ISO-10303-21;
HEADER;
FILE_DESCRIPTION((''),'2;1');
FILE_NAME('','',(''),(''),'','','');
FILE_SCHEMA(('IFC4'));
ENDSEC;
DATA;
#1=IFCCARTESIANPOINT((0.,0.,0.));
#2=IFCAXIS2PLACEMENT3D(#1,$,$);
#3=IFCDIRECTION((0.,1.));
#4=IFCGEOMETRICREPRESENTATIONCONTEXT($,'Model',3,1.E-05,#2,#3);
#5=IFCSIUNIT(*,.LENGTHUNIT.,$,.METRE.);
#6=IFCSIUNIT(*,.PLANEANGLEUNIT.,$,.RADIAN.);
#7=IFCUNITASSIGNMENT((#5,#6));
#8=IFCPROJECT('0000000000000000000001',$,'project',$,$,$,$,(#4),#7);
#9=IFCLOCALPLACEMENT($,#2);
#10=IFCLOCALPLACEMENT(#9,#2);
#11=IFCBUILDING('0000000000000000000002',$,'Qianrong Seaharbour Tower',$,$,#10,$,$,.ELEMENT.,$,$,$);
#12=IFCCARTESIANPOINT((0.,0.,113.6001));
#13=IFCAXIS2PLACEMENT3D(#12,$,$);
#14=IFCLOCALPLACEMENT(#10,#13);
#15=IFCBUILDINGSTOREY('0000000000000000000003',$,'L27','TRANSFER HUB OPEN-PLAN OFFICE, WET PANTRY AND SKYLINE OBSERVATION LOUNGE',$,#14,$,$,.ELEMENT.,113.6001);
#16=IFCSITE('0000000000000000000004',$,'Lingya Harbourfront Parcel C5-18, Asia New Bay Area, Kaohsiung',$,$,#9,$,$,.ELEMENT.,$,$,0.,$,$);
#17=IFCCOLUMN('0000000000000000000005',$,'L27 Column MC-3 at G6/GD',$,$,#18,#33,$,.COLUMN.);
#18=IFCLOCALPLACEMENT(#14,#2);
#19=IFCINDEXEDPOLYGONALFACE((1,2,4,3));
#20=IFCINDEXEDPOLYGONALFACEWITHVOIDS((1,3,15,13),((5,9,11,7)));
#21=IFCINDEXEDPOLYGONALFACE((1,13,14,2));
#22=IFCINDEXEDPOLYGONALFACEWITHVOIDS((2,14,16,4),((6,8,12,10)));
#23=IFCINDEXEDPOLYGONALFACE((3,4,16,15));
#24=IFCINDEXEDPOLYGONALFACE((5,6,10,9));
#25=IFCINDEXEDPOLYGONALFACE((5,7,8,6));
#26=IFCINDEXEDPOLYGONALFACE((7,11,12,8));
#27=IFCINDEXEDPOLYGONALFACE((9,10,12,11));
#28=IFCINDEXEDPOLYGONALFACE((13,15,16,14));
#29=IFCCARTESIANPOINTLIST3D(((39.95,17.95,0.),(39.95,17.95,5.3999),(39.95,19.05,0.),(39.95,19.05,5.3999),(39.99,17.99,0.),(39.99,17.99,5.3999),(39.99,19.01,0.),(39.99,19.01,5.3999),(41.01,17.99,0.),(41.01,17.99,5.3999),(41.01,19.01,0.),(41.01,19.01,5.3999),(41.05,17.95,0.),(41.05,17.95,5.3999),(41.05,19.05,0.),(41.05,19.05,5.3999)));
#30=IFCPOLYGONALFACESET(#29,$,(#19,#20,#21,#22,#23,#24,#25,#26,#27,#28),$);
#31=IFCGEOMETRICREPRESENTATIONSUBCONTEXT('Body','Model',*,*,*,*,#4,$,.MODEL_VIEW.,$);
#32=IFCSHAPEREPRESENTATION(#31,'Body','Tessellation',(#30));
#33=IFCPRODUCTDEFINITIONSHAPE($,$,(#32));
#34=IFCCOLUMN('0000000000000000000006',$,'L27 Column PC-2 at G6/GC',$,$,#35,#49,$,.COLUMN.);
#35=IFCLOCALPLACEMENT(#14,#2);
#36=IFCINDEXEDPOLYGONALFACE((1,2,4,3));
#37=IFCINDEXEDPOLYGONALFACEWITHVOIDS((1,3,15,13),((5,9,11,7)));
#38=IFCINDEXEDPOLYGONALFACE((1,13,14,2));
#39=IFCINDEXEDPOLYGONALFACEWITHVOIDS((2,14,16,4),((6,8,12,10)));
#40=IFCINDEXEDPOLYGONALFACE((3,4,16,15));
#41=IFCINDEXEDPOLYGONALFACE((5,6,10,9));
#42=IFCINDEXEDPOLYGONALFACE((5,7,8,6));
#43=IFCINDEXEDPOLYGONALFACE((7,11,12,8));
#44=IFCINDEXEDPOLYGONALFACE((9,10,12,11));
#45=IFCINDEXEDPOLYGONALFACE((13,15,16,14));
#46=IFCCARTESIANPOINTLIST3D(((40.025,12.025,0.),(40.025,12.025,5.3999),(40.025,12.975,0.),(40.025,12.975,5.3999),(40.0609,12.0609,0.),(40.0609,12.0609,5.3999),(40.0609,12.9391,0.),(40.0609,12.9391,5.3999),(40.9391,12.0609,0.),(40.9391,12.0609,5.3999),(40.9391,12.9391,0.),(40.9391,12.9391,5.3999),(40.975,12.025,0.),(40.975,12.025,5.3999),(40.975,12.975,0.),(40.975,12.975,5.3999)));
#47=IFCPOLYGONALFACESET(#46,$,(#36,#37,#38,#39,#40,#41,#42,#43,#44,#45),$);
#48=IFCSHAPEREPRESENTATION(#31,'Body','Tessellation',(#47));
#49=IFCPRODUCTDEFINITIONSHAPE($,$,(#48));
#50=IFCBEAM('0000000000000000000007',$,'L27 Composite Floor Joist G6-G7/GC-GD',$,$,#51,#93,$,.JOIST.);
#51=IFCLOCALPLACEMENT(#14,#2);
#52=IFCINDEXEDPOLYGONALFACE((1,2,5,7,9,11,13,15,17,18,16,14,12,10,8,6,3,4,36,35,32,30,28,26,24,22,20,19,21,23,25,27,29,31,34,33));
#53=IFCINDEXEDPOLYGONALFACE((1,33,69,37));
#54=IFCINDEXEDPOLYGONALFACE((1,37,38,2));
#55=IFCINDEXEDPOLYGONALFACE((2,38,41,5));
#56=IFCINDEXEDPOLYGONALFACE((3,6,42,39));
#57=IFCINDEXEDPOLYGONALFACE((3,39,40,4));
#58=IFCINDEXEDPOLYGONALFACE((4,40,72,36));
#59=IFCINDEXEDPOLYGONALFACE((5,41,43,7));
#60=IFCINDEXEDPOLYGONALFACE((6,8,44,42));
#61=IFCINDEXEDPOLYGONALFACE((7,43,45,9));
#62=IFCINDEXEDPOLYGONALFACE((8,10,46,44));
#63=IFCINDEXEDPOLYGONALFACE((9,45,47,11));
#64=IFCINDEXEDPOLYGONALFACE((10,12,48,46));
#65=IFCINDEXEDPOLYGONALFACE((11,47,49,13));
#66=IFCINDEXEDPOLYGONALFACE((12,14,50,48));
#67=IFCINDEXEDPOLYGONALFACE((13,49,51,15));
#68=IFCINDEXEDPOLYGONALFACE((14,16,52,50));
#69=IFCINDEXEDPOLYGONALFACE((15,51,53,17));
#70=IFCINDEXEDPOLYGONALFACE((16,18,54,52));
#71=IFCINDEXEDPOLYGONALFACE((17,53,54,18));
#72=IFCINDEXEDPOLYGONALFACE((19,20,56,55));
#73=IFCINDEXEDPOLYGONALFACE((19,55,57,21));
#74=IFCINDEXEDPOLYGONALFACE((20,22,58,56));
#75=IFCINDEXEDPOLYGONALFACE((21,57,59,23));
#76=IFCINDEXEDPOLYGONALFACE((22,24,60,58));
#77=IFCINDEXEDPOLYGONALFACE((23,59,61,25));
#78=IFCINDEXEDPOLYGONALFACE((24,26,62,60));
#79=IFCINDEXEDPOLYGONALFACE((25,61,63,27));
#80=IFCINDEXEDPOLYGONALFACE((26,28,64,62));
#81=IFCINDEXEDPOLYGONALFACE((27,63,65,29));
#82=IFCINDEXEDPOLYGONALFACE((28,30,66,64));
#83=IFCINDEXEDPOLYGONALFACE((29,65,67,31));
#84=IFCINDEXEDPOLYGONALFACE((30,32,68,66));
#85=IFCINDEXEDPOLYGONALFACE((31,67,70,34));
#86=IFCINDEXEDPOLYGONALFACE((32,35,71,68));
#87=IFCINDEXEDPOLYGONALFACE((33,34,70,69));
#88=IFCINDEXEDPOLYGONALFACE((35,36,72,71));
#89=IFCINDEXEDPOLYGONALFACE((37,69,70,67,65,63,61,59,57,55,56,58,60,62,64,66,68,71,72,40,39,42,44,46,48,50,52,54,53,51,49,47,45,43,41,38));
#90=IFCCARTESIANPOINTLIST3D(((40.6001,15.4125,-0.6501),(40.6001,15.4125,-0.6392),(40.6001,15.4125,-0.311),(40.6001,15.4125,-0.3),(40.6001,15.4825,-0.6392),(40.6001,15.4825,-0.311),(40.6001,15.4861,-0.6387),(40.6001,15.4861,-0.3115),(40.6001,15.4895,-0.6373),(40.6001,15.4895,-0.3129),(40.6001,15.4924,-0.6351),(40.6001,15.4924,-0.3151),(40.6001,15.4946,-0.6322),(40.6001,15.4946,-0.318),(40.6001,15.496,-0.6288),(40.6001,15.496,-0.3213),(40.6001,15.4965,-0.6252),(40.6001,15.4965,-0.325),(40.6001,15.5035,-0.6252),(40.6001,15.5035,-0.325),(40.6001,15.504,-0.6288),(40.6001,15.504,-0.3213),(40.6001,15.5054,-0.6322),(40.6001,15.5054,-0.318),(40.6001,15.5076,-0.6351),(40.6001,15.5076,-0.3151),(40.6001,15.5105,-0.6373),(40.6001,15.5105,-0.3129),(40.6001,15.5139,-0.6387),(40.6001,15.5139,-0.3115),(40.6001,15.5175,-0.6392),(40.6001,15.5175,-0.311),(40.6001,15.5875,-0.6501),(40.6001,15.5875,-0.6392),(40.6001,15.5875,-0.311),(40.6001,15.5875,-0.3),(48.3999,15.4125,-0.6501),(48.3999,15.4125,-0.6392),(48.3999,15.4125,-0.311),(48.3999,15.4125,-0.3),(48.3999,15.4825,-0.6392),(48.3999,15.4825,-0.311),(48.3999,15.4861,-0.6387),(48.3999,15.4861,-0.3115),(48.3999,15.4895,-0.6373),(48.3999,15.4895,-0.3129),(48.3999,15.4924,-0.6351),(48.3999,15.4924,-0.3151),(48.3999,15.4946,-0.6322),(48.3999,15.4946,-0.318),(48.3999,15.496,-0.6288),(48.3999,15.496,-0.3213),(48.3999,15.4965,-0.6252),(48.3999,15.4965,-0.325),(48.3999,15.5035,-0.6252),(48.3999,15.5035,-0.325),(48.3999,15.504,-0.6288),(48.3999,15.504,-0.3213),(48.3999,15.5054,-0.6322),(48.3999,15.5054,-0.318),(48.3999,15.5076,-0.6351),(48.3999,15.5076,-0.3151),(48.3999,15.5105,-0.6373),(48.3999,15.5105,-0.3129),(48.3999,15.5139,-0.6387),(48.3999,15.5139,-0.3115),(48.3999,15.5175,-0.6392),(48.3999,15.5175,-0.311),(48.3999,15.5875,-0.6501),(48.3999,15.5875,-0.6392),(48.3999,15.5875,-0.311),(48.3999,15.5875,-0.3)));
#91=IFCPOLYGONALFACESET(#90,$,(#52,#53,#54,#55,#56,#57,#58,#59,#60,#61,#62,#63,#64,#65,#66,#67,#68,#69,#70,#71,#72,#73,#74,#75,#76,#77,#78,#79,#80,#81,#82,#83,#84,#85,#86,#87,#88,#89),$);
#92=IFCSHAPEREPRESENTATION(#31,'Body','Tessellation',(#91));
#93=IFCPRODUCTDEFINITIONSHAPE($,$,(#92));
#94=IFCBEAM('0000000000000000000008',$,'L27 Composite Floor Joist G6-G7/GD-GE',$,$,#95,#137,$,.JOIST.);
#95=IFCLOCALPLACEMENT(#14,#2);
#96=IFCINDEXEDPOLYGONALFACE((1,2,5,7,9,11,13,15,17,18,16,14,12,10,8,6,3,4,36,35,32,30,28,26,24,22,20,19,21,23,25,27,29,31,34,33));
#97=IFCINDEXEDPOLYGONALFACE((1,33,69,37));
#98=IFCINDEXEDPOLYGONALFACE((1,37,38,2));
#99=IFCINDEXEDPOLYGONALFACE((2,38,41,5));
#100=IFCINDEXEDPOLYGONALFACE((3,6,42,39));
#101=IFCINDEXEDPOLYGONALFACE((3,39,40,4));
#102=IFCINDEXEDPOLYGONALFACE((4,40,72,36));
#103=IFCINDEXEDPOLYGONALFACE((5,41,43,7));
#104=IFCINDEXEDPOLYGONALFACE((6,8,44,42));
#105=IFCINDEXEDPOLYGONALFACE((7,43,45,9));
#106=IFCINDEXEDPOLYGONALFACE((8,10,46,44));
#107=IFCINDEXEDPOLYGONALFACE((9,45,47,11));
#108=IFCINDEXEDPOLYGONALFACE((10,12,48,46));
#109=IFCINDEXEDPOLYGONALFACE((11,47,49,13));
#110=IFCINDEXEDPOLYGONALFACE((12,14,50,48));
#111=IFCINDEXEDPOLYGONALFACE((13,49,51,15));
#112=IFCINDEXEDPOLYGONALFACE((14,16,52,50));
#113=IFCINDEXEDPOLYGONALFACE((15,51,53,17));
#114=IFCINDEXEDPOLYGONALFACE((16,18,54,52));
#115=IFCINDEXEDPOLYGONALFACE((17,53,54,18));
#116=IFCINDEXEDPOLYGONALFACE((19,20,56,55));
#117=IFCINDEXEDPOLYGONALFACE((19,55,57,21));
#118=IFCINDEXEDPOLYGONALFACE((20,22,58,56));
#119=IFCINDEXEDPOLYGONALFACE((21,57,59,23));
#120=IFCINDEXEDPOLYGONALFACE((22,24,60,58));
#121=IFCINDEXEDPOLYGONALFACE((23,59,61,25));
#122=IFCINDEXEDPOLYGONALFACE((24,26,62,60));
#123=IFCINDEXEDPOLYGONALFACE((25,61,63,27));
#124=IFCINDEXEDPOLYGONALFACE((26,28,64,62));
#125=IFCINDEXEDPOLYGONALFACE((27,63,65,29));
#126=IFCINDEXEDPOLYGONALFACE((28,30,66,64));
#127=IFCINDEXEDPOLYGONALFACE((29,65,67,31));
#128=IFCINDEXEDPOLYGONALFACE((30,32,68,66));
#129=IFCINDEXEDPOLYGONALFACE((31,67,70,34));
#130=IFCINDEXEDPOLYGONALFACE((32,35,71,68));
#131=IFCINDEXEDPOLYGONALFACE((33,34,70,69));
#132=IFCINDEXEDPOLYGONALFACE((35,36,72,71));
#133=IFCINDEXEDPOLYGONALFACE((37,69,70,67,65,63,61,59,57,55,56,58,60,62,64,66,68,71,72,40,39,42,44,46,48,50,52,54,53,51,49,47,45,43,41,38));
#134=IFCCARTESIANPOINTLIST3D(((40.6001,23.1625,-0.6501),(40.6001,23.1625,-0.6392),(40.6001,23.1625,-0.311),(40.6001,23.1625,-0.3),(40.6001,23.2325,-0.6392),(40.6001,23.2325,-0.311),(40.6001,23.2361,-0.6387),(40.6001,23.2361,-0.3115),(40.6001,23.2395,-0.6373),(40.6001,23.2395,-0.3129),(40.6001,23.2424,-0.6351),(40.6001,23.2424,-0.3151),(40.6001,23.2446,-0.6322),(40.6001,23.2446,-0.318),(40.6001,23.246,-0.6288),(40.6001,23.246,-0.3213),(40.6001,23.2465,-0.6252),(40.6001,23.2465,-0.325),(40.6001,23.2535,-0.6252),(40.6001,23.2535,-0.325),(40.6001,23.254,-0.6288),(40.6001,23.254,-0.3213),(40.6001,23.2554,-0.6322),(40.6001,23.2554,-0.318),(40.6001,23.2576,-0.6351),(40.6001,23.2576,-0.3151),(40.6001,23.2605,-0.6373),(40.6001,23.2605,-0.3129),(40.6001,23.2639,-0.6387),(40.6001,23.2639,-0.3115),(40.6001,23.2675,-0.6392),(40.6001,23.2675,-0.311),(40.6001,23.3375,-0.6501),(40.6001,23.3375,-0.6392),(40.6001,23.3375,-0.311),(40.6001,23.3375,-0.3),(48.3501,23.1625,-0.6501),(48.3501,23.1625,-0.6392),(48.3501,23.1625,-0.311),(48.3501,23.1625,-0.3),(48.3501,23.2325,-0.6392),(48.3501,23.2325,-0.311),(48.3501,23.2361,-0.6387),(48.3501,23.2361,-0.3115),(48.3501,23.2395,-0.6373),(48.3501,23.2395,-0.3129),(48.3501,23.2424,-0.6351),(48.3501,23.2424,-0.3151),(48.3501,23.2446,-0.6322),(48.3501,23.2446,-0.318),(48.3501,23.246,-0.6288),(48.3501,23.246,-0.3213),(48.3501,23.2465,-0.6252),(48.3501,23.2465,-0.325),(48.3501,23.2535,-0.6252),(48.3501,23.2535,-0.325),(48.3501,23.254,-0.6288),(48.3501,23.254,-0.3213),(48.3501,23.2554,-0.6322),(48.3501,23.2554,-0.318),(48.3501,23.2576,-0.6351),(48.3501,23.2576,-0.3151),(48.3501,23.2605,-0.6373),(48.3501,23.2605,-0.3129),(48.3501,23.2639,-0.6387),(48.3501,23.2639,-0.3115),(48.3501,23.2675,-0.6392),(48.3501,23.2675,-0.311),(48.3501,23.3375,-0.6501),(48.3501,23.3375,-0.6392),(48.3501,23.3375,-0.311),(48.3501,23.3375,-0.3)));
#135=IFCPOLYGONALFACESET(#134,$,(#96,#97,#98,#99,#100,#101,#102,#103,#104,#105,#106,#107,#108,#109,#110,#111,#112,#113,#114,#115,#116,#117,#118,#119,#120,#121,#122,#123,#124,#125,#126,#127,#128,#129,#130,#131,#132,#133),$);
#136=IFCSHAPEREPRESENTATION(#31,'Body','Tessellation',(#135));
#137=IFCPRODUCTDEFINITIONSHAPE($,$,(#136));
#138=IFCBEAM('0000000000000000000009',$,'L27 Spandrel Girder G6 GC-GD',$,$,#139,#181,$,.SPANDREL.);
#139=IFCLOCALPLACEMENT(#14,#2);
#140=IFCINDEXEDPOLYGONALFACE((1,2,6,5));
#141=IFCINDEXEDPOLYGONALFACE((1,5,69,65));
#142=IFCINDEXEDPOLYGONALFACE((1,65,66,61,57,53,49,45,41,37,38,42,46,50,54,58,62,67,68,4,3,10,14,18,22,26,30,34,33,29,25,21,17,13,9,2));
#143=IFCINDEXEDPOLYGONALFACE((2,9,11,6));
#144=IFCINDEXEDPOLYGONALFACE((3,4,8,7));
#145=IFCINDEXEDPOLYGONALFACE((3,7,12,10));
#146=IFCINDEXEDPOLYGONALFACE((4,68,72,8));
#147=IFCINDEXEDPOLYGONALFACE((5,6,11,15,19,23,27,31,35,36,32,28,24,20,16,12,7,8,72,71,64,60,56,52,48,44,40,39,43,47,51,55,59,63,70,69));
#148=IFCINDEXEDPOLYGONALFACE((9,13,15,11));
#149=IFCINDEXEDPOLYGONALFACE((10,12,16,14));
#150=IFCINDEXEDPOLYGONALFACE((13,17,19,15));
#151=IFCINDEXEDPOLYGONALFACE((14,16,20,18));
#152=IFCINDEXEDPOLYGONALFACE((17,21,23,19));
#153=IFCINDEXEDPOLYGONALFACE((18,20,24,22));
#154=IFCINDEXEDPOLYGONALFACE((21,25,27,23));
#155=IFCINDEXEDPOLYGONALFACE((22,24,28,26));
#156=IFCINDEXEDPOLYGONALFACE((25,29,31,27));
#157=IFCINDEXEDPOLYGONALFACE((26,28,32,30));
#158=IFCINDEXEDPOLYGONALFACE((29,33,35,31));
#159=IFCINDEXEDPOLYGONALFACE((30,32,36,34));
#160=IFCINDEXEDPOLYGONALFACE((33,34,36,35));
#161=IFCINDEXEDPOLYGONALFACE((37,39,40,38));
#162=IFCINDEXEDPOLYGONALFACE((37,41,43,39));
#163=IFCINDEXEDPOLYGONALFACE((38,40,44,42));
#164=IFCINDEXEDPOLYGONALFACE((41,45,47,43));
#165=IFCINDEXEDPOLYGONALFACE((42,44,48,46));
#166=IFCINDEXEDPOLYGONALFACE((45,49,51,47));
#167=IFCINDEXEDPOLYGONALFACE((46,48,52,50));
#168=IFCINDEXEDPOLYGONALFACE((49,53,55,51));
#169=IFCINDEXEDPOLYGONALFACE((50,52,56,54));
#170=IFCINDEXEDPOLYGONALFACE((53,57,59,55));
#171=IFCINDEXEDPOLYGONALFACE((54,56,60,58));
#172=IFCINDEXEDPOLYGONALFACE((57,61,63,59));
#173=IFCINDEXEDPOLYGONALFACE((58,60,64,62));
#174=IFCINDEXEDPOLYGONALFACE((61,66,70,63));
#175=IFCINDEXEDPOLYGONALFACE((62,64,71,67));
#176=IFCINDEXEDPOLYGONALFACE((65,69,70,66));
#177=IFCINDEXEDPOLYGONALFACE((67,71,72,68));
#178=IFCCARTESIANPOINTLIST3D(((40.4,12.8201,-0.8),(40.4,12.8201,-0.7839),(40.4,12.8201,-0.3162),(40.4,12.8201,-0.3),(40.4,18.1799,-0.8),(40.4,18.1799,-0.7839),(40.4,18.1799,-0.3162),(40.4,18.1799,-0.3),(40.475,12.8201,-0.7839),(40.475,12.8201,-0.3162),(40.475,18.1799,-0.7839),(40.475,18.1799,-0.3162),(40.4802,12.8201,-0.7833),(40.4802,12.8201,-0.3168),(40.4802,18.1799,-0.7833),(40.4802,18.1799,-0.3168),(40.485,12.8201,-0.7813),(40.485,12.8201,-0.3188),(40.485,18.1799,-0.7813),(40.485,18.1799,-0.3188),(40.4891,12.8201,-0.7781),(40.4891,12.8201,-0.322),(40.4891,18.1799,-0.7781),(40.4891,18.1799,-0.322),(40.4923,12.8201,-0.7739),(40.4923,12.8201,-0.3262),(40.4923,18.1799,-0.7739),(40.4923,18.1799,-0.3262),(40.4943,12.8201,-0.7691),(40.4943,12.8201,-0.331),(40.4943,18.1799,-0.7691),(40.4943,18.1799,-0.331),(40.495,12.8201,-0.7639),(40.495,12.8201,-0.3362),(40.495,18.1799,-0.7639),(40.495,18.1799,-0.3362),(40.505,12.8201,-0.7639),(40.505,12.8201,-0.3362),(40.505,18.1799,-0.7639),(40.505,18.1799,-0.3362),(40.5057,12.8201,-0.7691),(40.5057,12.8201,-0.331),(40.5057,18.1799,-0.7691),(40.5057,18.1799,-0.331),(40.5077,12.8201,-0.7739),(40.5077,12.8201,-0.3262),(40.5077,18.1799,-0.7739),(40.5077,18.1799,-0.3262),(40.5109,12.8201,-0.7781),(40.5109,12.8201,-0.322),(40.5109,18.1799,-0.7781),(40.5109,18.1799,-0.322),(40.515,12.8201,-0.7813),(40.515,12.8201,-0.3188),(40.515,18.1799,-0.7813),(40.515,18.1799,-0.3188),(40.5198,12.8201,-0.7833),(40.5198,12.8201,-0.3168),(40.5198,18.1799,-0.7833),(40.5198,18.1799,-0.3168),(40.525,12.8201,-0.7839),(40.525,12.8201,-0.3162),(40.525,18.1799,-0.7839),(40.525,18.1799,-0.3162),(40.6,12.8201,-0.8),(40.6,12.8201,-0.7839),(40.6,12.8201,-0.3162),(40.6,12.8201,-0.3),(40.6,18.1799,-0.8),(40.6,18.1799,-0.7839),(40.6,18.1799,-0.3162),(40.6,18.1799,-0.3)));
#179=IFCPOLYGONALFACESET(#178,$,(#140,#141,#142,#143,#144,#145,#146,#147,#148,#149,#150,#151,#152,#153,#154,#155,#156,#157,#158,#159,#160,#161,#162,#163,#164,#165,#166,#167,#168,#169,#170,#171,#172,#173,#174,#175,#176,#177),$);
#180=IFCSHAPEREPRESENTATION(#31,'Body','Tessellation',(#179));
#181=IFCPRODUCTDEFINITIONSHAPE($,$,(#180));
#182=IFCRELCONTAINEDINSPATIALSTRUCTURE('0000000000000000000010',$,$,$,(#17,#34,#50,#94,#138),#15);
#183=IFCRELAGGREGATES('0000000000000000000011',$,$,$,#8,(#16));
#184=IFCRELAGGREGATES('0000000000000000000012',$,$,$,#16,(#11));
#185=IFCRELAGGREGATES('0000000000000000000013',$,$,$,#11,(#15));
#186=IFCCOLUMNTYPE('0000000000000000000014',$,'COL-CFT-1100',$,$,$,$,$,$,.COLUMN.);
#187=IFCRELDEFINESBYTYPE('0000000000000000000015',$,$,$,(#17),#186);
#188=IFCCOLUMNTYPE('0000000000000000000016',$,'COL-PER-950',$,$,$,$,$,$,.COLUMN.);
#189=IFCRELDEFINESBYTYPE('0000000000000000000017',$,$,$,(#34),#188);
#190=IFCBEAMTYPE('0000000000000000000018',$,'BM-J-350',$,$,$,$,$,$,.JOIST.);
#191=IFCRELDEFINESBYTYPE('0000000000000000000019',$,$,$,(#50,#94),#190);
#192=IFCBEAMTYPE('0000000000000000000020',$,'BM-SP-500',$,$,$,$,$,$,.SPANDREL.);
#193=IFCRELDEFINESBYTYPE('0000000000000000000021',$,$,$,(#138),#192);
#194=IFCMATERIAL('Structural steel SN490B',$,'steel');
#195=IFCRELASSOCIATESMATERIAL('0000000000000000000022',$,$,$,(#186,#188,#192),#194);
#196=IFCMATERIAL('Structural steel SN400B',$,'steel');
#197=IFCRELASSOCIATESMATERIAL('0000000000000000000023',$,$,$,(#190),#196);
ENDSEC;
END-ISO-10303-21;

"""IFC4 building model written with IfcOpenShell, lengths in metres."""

from ifc_helpers import new_model, si_unit, direction, frame, origin, origin_2d, place, context, subcontext, project, spatial, hollow_rectangle, i_section, extrude, material, material_profile, profile_set, type_object, element, save


model = new_model("IFC4")

# Units and contexts
model_context = context("Model", 3, precision=1e-05, world=origin(), true_north=direction((0.0, 1.0)))
body_context = subcontext(model_context, "Body", "Model", "MODEL_VIEW")
ifc_project = project(units=[si_unit("LENGTHUNIT", "METRE"), si_unit("PLANEANGLEUNIT", "RADIAN")], contexts=[model_context])

# Site, building, storey
site_placement = place(None, origin())
site = spatial("IfcSite", under=ifc_project, at=site_placement, Name="Lingya Harbourfront Parcel C5-18, Asia New Bay Area, Kaohsiung", CompositionType="ELEMENT", RefElevation=0.0)
building_placement = place(site_placement, origin())
building = spatial("IfcBuilding", under=site, at=building_placement, Name="Qianrong Seaharbour Tower", CompositionType="ELEMENT")
storey_placement = place(building_placement, frame((0.0, 0.0, 113.6001)))
storey = spatial("IfcBuildingStorey", under=building, at=storey_placement, Name="L27", Description="TRANSFER HUB OPEN-PLAN OFFICE, WET PANTRY AND SKYLINE OBSERVATION LOUNGE", CompositionType="ELEMENT", Elevation=113.6001)

# Columns
ifc_material_1 = material(Name="Structural steel SN490B", Category="steel")
ifc_material_profile_1 = material_profile(ifc_material_1, hollow_rectangle(XDim=1.1001, YDim=1.1001, WallThickness=0.04, at=origin_2d()), Name="BOX1100x1100x40")
ifc_profile_set_1 = profile_set([ifc_material_profile_1], Name="Structural steel SN490B")
column_type_1 = type_object("IfcColumnType", Name="COL-CFT-1100", PredefinedType="COLUMN", material=ifc_profile_set_1)
column_1_placement = place(storey_placement, frame((40.5, 18.5, 0.0), z_axis=(0.0, 0.0, 1.0), x_axis=(1.0, 0.0, 0.0)))
element("IfcColumn", 1, at=column_1_placement, inside=storey, type_object=column_type_1, Name="L27 Column MC-3 at G6/GD", PredefinedType="COLUMN", context=body_context, shape_type="SweptSolid", body=[
    extrude(hollow_rectangle(XDim=1.1001, YDim=1.1001, WallThickness=0.04, at=origin_2d()), origin(), (0.0, 0.0, 1.0), 5.3999),
])
ifc_material_profile_2 = material_profile(ifc_material_1, hollow_rectangle(XDim=0.95, YDim=0.95, WallThickness=0.0359, at=origin_2d()), Name="BOX950x950x36")
ifc_profile_set_2 = profile_set([ifc_material_profile_2], Name="Structural steel SN490B")
column_type_2 = type_object("IfcColumnType", Name="COL-PER-950", PredefinedType="COLUMN", material=ifc_profile_set_2)
column_2_placement = place(storey_placement, frame((40.5, 12.5, 0.0), z_axis=(0.0, 0.0, 1.0), x_axis=(1.0, 0.0, 0.0)))
element("IfcColumn", 2, at=column_2_placement, inside=storey, type_object=column_type_2, Name="L27 Column PC-2 at G6/GC", PredefinedType="COLUMN", context=body_context, shape_type="SweptSolid", body=[
    extrude(hollow_rectangle(XDim=0.95, YDim=0.95, WallThickness=0.0359, at=origin_2d()), origin(), (0.0, 0.0, 1.0), 5.3999),
])

# Beams
ifc_material_2 = material(Name="Structural steel SN400B", Category="steel")
ifc_material_profile_3 = material_profile(ifc_material_2, i_section(OverallWidth=0.175, OverallDepth=0.3501, WebThickness=0.0071, FlangeThickness=0.011, FilletRadius=0.0139, at=origin_2d()), Name="H350x175x7x11")
ifc_profile_set_3 = profile_set([ifc_material_profile_3], Name="Structural steel SN400B")
beam_type_1 = type_object("IfcBeamType", Name="BM-J-350", PredefinedType="JOIST", material=ifc_profile_set_3)
beam_1_placement = place(storey_placement, frame((40.6001, 15.5, -0.4751), z_axis=(1.0, 0.0, 0.0), x_axis=(0.0, 1.0, 0.0)))
element("IfcBeam", 3, at=beam_1_placement, inside=storey, type_object=beam_type_1, Name="L27 Composite Floor Joist G6-G7/GC-GD", PredefinedType="JOIST", context=body_context, shape_type="SweptSolid", body=[
    extrude(i_section(OverallWidth=0.175, OverallDepth=0.3501, WebThickness=0.0071, FlangeThickness=0.011, FilletRadius=0.0139, at=origin_2d()), origin(), (0.0, 0.0, 1.0), 7.7998),
])
beam_2_placement = place(storey_placement, frame((40.6001, 23.25, -0.4751), z_axis=(1.0, 0.0, 0.0), x_axis=(0.0, 1.0, 0.0)))
element("IfcBeam", 4, at=beam_2_placement, inside=storey, type_object=beam_type_1, Name="L27 Composite Floor Joist G6-G7/GD-GE", PredefinedType="JOIST", context=body_context, shape_type="SweptSolid", body=[
    extrude(i_section(OverallWidth=0.175, OverallDepth=0.3501, WebThickness=0.0071, FlangeThickness=0.011, FilletRadius=0.0139, at=origin_2d()), origin(), (0.0, 0.0, 1.0), 7.75),
])
ifc_material_profile_4 = material_profile(ifc_material_1, i_section(OverallWidth=0.2, OverallDepth=0.5, WebThickness=0.01, FlangeThickness=0.0161, FilletRadius=0.02, at=origin_2d()), Name="H500x200x10x16")
ifc_profile_set_4 = profile_set([ifc_material_profile_4], Name="Structural steel SN490B")
beam_type_2 = type_object("IfcBeamType", Name="BM-SP-500", PredefinedType="SPANDREL", material=ifc_profile_set_4)
beam_3_placement = place(storey_placement, frame((40.5, 12.8201, -0.55), z_axis=(0.0, 1.0, 0.0), x_axis=(-1.0, 0.0, 0.0)))
element("IfcBeam", 5, at=beam_3_placement, inside=storey, type_object=beam_type_2, Name="L27 Spandrel Girder G6 GC-GD", PredefinedType="SPANDREL", context=body_context, shape_type="SweptSolid", body=[
    extrude(i_section(OverallWidth=0.2, OverallDepth=0.5, WebThickness=0.01, FlangeThickness=0.0161, FilletRadius=0.02, at=origin_2d()), origin(), (0.0, 0.0, 1.0), 5.3599),
])

save(model, "model.ifc")
